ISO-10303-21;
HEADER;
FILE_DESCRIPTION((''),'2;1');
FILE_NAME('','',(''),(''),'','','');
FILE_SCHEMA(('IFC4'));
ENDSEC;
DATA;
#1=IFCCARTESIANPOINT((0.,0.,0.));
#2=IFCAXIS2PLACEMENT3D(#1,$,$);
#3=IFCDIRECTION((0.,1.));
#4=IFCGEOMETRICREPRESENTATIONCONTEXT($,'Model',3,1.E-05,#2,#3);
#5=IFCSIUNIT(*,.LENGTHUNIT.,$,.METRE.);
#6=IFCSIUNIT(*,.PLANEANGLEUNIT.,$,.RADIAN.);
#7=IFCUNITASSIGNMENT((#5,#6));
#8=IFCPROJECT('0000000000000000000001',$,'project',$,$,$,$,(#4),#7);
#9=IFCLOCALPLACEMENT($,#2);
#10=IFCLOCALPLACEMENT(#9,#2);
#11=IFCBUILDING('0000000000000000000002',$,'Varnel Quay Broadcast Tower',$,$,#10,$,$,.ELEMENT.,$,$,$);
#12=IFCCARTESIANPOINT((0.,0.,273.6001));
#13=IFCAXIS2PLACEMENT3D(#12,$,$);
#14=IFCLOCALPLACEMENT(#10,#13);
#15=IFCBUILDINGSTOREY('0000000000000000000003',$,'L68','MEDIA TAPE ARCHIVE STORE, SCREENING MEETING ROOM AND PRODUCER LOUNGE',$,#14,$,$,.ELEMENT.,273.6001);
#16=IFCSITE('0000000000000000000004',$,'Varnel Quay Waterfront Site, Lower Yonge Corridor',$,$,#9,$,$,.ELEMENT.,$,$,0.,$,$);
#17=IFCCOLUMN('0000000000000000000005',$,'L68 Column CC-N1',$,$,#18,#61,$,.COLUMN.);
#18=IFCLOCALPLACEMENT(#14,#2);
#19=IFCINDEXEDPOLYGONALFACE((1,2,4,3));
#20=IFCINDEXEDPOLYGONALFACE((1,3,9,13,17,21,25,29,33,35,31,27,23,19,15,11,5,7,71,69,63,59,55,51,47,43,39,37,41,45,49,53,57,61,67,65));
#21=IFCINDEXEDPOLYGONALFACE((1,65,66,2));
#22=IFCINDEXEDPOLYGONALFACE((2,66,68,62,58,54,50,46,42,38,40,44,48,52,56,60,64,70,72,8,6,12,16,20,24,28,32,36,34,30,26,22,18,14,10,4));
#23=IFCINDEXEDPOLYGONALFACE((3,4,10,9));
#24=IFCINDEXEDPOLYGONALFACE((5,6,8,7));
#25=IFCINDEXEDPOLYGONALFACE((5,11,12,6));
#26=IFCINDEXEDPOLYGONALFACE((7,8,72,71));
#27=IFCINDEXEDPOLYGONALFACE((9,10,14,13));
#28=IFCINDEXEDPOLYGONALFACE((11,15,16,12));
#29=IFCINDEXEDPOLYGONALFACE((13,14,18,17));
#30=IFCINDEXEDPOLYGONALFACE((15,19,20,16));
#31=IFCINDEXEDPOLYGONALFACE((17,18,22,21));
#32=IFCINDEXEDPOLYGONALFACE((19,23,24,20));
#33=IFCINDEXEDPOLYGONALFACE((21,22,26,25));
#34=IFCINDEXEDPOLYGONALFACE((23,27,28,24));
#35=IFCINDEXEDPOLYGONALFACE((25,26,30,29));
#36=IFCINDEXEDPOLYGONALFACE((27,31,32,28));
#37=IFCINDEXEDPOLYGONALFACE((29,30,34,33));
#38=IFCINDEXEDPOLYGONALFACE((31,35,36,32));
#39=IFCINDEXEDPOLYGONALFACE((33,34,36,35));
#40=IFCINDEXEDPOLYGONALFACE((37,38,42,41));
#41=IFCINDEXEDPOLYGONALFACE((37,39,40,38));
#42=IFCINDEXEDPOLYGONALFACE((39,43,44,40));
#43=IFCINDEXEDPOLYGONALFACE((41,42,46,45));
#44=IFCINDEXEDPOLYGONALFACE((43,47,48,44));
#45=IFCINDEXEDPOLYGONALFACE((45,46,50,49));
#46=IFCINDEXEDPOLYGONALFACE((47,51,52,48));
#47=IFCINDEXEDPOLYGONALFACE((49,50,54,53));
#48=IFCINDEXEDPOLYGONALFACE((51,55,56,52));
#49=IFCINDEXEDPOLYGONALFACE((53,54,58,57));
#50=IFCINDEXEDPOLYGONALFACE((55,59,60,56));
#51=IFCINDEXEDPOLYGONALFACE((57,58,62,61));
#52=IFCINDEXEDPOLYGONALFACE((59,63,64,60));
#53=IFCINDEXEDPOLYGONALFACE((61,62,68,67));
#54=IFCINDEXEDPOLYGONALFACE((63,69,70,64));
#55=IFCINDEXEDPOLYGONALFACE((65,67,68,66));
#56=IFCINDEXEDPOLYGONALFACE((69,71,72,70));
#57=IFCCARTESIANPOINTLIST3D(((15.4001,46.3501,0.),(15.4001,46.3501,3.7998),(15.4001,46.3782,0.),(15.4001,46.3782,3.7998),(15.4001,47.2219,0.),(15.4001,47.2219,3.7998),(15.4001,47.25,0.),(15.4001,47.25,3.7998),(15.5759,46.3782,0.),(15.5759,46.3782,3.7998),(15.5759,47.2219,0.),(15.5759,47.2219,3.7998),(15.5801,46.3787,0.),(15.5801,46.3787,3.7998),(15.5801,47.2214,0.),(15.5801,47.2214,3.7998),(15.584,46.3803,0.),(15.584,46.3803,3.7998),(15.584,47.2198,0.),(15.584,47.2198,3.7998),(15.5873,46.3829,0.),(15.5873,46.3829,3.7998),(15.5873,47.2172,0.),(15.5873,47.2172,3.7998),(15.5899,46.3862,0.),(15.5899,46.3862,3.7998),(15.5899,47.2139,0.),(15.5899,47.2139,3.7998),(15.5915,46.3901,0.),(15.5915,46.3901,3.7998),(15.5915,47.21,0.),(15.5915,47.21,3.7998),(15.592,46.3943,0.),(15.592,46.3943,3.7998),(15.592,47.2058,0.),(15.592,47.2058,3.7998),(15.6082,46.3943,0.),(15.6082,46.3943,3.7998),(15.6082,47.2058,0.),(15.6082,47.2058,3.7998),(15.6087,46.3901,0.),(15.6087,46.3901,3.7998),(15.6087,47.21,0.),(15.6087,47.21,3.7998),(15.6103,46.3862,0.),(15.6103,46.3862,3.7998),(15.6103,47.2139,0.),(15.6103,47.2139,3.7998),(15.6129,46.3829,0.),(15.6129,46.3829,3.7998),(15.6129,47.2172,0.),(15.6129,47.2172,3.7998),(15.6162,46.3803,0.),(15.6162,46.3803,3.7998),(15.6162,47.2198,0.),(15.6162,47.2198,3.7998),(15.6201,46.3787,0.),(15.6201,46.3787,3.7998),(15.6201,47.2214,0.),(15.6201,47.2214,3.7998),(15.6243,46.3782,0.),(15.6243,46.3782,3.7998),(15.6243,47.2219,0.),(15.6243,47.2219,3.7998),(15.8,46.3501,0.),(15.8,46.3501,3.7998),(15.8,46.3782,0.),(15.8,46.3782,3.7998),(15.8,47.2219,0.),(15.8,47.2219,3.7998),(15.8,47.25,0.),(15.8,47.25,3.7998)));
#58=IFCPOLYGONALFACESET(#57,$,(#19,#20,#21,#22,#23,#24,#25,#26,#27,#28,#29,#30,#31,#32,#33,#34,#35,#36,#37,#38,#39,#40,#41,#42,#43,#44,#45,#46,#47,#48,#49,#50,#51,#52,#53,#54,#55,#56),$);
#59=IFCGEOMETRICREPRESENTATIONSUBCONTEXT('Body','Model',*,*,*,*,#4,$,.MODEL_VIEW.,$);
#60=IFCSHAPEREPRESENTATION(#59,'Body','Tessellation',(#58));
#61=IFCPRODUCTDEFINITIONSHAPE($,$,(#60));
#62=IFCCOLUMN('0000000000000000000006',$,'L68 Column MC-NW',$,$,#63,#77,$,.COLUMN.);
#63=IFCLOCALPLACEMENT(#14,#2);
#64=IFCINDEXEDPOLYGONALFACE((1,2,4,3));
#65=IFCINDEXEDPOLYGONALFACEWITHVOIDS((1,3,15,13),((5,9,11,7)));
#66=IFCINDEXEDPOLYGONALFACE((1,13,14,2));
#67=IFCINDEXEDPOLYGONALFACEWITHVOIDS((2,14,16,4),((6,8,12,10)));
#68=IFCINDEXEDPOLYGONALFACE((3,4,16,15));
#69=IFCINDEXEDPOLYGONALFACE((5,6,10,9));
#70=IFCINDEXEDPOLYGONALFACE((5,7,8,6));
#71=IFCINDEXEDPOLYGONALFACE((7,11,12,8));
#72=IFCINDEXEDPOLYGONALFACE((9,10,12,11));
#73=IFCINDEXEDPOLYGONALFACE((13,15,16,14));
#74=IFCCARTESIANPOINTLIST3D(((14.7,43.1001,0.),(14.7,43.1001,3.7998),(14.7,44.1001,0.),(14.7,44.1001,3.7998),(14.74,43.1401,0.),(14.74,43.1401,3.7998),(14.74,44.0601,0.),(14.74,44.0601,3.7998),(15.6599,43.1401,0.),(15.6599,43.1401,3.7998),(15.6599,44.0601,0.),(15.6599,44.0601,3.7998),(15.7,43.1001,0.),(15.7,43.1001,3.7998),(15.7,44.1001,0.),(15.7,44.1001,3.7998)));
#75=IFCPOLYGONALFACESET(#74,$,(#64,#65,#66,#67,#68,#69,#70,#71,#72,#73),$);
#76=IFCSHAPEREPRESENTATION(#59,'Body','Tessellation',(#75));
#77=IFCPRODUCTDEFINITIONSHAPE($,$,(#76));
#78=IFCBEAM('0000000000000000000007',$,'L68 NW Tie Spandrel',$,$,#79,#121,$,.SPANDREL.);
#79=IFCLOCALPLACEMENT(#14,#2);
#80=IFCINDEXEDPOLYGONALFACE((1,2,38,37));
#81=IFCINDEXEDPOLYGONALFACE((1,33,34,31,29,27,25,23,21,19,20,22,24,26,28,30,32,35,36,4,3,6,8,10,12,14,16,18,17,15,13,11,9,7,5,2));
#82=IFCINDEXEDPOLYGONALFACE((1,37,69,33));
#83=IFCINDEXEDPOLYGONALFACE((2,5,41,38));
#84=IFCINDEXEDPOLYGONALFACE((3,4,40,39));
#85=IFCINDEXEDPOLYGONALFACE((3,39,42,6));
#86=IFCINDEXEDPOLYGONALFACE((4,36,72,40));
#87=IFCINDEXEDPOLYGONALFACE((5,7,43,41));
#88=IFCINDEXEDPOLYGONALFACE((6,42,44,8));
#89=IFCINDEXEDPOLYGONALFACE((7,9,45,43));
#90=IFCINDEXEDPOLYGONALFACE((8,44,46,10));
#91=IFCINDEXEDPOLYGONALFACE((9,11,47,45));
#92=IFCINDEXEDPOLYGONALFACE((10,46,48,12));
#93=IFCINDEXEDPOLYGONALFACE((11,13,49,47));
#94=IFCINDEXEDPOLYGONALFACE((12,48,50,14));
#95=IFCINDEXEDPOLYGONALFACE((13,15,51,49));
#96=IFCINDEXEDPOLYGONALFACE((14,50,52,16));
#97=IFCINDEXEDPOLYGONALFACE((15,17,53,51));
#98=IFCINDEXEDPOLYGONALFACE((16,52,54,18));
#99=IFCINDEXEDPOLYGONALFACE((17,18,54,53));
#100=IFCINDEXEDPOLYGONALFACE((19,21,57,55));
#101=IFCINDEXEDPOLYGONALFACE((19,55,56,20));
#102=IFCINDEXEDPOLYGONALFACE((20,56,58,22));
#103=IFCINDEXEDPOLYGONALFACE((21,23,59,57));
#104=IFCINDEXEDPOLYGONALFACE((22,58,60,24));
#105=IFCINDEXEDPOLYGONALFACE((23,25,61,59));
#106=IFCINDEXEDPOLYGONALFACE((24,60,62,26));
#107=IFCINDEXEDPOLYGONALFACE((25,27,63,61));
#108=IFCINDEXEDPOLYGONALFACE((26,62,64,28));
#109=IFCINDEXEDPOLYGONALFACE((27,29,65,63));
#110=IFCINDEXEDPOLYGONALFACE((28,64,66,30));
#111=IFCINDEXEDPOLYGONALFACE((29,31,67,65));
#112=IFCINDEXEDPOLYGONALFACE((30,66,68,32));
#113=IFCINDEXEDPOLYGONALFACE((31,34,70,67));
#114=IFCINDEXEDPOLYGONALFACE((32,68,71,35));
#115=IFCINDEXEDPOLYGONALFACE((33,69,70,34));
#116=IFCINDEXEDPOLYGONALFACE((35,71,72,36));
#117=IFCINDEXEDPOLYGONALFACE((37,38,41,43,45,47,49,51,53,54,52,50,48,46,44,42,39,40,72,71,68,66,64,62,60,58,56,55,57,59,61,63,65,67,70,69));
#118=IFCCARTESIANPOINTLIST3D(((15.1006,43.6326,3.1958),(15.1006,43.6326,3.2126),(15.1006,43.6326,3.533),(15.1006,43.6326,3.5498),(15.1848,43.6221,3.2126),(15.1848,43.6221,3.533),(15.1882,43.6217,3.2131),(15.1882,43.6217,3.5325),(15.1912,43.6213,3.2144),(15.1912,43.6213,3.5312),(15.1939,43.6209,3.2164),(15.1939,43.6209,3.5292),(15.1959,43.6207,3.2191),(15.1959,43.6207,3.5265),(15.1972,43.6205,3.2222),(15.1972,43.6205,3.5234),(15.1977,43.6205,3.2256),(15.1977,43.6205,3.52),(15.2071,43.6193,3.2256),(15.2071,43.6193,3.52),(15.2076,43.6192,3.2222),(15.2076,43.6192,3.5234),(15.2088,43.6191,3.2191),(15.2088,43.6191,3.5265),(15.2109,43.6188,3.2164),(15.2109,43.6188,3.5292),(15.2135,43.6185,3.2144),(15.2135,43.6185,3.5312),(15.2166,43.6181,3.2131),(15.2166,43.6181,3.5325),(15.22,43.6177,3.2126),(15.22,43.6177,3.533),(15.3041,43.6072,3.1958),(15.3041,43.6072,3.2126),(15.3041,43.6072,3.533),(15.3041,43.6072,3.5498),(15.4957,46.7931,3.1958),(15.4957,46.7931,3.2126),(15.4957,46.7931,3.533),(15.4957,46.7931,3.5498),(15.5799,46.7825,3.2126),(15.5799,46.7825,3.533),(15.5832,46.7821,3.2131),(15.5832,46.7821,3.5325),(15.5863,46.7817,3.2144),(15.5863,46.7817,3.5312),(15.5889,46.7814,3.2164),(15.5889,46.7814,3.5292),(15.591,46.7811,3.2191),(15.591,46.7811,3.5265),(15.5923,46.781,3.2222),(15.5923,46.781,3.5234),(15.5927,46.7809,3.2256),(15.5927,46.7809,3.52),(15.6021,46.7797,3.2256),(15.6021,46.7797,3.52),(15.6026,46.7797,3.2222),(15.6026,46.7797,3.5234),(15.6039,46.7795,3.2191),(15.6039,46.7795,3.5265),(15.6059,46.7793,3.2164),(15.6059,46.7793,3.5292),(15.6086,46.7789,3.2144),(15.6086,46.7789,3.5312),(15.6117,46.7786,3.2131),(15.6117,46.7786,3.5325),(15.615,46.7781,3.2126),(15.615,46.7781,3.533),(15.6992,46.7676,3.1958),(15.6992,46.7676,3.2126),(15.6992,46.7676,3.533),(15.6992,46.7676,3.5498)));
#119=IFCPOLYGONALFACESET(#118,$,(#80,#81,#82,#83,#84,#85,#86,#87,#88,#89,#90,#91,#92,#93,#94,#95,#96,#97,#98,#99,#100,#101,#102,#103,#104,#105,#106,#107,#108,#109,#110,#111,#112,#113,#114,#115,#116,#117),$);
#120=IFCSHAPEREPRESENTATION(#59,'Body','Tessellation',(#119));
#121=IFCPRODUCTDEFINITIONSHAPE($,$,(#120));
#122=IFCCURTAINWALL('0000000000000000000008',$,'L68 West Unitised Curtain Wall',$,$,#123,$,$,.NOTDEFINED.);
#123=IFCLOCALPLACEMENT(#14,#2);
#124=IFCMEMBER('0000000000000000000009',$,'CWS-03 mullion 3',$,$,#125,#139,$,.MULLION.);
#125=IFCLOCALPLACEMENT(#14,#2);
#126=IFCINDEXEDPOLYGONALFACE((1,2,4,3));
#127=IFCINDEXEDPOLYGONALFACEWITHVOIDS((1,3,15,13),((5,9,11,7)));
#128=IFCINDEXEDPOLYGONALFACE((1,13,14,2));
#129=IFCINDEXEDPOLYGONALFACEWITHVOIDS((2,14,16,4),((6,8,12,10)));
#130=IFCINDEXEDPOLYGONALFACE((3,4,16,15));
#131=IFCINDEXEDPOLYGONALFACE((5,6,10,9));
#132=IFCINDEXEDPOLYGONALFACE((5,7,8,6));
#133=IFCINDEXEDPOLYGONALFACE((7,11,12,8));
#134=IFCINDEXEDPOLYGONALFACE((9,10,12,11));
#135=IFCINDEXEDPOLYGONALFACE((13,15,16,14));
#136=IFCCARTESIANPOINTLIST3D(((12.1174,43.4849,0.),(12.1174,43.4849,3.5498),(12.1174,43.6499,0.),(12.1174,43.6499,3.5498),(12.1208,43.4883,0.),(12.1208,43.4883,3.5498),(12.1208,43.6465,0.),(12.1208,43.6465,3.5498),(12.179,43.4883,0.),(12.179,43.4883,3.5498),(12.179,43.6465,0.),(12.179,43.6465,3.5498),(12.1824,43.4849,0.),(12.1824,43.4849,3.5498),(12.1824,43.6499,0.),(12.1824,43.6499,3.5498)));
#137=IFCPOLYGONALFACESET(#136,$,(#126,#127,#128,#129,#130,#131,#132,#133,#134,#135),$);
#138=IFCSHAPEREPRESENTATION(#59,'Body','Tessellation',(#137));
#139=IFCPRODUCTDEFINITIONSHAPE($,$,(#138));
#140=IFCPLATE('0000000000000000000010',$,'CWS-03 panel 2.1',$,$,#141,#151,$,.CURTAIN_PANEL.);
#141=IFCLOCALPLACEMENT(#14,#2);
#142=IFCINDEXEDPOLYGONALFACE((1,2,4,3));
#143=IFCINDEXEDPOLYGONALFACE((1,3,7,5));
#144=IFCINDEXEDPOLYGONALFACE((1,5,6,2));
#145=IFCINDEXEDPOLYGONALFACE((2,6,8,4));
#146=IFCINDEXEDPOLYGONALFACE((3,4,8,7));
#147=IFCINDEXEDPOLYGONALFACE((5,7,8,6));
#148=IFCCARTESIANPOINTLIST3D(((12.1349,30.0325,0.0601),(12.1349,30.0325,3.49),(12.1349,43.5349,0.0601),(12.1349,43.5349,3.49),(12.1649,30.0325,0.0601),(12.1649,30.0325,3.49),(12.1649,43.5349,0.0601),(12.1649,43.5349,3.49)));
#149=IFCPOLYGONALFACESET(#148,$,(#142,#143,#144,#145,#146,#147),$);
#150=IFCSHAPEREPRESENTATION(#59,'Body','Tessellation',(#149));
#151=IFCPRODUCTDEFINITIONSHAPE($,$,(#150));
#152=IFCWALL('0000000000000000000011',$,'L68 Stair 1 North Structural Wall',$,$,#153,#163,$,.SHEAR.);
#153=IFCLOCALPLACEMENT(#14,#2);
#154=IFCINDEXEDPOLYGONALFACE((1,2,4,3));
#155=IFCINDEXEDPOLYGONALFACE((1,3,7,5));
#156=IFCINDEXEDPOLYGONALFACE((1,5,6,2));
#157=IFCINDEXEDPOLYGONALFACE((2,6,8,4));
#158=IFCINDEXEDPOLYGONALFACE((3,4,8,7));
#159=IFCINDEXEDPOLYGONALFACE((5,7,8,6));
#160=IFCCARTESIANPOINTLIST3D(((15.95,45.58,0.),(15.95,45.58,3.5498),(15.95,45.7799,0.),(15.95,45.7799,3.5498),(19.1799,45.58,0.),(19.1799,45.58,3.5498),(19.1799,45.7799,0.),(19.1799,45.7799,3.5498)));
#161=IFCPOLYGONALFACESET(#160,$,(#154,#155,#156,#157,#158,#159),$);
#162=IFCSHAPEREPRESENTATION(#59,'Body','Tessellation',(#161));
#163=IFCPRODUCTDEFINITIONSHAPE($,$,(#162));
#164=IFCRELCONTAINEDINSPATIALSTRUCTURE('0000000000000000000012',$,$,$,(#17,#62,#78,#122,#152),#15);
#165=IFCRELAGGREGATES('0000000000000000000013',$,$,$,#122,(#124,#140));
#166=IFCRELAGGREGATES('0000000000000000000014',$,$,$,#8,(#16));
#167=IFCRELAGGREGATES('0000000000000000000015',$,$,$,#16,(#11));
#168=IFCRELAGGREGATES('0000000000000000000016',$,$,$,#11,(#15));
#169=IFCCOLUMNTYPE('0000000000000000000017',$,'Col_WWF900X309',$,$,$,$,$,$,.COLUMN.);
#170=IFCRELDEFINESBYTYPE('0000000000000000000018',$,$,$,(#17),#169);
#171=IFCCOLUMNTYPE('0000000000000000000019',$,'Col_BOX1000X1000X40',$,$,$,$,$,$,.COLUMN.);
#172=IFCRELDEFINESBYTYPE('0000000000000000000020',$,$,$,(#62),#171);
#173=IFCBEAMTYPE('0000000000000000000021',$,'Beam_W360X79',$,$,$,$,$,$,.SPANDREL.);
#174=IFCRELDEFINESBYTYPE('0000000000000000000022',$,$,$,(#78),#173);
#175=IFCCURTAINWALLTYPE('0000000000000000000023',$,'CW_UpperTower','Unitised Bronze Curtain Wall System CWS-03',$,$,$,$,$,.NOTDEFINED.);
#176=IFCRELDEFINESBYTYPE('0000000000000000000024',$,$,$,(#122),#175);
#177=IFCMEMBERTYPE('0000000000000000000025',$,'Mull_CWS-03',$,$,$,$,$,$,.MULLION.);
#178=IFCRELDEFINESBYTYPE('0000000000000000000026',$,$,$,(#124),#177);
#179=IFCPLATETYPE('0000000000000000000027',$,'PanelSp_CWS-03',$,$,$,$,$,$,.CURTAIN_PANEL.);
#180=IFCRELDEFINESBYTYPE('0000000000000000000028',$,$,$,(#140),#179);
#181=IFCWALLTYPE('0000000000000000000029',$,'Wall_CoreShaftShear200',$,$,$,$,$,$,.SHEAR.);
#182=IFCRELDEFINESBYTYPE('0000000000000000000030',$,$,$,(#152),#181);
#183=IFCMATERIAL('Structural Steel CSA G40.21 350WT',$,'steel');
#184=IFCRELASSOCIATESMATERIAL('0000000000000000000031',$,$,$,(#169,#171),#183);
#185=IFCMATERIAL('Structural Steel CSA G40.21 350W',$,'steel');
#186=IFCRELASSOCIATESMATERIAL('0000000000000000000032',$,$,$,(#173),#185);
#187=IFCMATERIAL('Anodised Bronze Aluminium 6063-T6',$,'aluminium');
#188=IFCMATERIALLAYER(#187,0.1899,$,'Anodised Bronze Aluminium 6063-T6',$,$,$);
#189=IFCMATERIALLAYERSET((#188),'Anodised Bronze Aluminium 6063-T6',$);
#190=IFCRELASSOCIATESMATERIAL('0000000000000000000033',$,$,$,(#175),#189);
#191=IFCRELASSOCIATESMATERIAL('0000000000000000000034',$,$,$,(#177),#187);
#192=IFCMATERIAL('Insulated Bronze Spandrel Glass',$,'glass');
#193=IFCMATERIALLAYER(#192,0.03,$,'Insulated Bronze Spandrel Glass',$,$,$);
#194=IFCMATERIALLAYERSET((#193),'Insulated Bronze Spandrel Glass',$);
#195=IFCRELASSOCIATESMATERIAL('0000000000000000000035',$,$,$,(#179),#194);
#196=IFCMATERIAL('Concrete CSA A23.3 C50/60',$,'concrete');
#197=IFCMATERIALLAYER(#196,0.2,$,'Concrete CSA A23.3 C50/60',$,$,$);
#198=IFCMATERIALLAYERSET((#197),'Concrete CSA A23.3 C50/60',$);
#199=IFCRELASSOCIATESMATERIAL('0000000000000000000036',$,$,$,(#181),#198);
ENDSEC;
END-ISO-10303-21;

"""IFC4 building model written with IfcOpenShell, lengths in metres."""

from ifc_helpers import new_model, si_unit, direction, frame, frame_2d, origin, origin_2d, place, context, subcontext, project, spatial, rectangle, hollow_rectangle, i_section, extrude, source, transform, mapped, material, layer, layer_set, material_profile, profile_set, type_object, type_shapes, element, aggregate, save


model = new_model("IFC4")

# Units and contexts
model_context = context("Model", 3, precision=1e-05, world=origin(), true_north=direction((0.0, 1.0)))
body_context = subcontext(model_context, "Body", "Model", "MODEL_VIEW")
ifc_project = project(units=[si_unit("LENGTHUNIT", "METRE"), si_unit("PLANEANGLEUNIT", "RADIAN")], contexts=[model_context])

# Site, building, storey
site_placement = place(None, origin())
site = spatial("IfcSite", under=ifc_project, at=site_placement, Name="Varnel Quay Waterfront Site, Lower Yonge Corridor", CompositionType="ELEMENT", RefElevation=0.0)
building_placement = place(site_placement, origin())
building = spatial("IfcBuilding", under=site, at=building_placement, Name="Varnel Quay Broadcast Tower", CompositionType="ELEMENT")
storey_placement = place(building_placement, frame((0.0, 0.0, 273.6001)))
storey = spatial("IfcBuildingStorey", under=building, at=storey_placement, Name="L68", Description="MEDIA TAPE ARCHIVE STORE, SCREENING MEETING ROOM AND PRODUCER LOUNGE", CompositionType="ELEMENT", Elevation=273.6001)

# Columns
ifc_material_1 = material(Name="Structural Steel CSA G40.21 350WT", Category="steel")
ifc_material_profile_1 = material_profile(ifc_material_1, i_section(OverallWidth=0.3999, OverallDepth=0.8999, WebThickness=0.0161, FlangeThickness=0.0281, FilletRadius=0.0161, at=origin_2d()), Name="WWF900X309")
ifc_profile_set_1 = profile_set([ifc_material_profile_1], Name="Structural Steel CSA G40.21 350WT")
column_type_1 = type_object("IfcColumnType", Name="Col_WWF900X309", PredefinedType="COLUMN", material=ifc_profile_set_1)
shared_shape_1 = source(origin(), body_context, "Body", "SweptSolid", [
    extrude(i_section(OverallWidth=0.3999, OverallDepth=0.8999, WebThickness=0.0161, FlangeThickness=0.0281, FilletRadius=0.0161, at=origin_2d()), origin(), (0.0, 0.0, 1.0), 3.7998),
])
type_shapes(column_type_1, [shared_shape_1])
column_1_placement = place(storey_placement, frame((15.6001, 46.8, 0.0), z_axis=(0.0, 0.0, 1.0), x_axis=(1.0, 0.0, 0.0)))
element("IfcColumn", 1, at=column_1_placement, inside=storey, type_object=column_type_1, Name="L68 Column CC-N1", PredefinedType="COLUMN", context=body_context, shape_type="MappedRepresentation", body=[
    mapped(shared_shape_1, transform((0.0, 0.0, 0.0), x_axis=(1.0, 0.0, 0.0), y_axis=(0.0, 1.0, 0.0), z_axis=(0.0, 0.0, 1.0), scale=1.0)),
])
ifc_material_profile_2 = material_profile(ifc_material_1, hollow_rectangle(XDim=1.0, YDim=1.0, WallThickness=0.04, at=origin_2d()), Name="BOX1000X1000X40")
ifc_profile_set_2 = profile_set([ifc_material_profile_2], Name="Structural Steel CSA G40.21 350WT")
column_type_2 = type_object("IfcColumnType", Name="Col_BOX1000X1000X40", PredefinedType="COLUMN", material=ifc_profile_set_2)
shared_shape_2 = source(origin(), body_context, "Body", "SweptSolid", [
    extrude(hollow_rectangle(XDim=1.0, YDim=1.0, WallThickness=0.04, at=origin_2d()), origin(), (0.0, 0.0, 1.0), 3.7998),
])
type_shapes(column_type_2, [shared_shape_2])
column_2_placement = place(storey_placement, frame((15.2, 43.6001, 0.0), z_axis=(0.0, 0.0, 1.0), x_axis=(1.0, 0.0, 0.0)))
element("IfcColumn", 2, at=column_2_placement, inside=storey, type_object=column_type_2, Name="L68 Column MC-NW", PredefinedType="COLUMN", context=body_context, shape_type="MappedRepresentation", body=[
    mapped(shared_shape_2, transform((0.0, 0.0, 0.0), x_axis=(1.0, 0.0, 0.0), y_axis=(0.0, 1.0, 0.0), z_axis=(0.0, 0.0, 1.0), scale=1.0)),
])

# Beam
ifc_material_2 = material(Name="Structural Steel CSA G40.21 350W", Category="steel")
ifc_material_profile_3 = material_profile(ifc_material_2, i_section(OverallWidth=0.2051, OverallDepth=0.354, WebThickness=0.0095, FlangeThickness=0.0168, FilletRadius=0.0129, at=origin_2d()), Name="W360X79")
ifc_profile_set_3 = profile_set([ifc_material_profile_3], Name="Structural Steel CSA G40.21 350W")
beam_type = type_object("IfcBeamType", Name="Beam_W360X79", PredefinedType="SPANDREL", material=ifc_profile_set_3)
shared_shape_3 = source(origin(), body_context, "Body", "SweptSolid", [
    extrude(i_section(OverallWidth=0.2051, OverallDepth=0.354, WebThickness=0.0095, FlangeThickness=0.0168, FilletRadius=0.0129, at=origin_2d()), origin(), (0.0, 0.0, 1.0), 3.1851),
])
type_shapes(beam_type, [shared_shape_3])
beam_placement = place(storey_placement, frame((15.2024, 43.6199, 3.3728), z_axis=(0.124025, 0.992279, 0.0), x_axis=(-0.992279, 0.124025, 0.0)))
element("IfcBeam", 3, at=beam_placement, inside=storey, type_object=beam_type, Name="L68 NW Tie Spandrel", PredefinedType="SPANDREL", context=body_context, shape_type="MappedRepresentation", body=[
    mapped(shared_shape_3, transform((0.0, 0.0, 0.0), x_axis=(1.0, 0.0, 0.0), y_axis=(0.0, 1.0, 0.0), z_axis=(0.0, 0.0, 1.0), scale=1.0)),
])

# Curtain wall, member, plate
ifc_material_3 = material(Name="Anodised Bronze Aluminium 6063-T6", Category="aluminium")
ifc_layer_1 = layer(ifc_material_3, 0.1899, Name="Anodised Bronze Aluminium 6063-T6")
ifc_layer_set_1 = layer_set([ifc_layer_1], Name="Anodised Bronze Aluminium 6063-T6")
curtain_wall_type = type_object("IfcCurtainWallType", Name="CW_UpperTower", Description="Unitised Bronze Curtain Wall System CWS-03", PredefinedType="NOTDEFINED", material=ifc_layer_set_1)
curtain_wall_placement = place(storey_placement, origin())
curtain_wall = element("IfcCurtainWall", 4, at=curtain_wall_placement, inside=storey, type_object=curtain_wall_type, Name="L68 West Unitised Curtain Wall", PredefinedType="NOTDEFINED")
ifc_material_profile_4 = material_profile(ifc_material_3, hollow_rectangle(XDim=0.0649, YDim=0.165, WallThickness=0.0034, at=origin_2d()), Name="ALU65X165X3.5")
ifc_profile_set_4 = profile_set([ifc_material_profile_4], Name="Anodised Bronze Aluminium 6063-T6")
member_type = type_object("IfcMemberType", Name="Mull_CWS-03", PredefinedType="MULLION", material=ifc_profile_set_4)
shared_shape_4 = source(origin(), body_context, "Body", "SweptSolid", [
    extrude(hollow_rectangle(XDim=0.0649, YDim=0.165, WallThickness=0.0034, at=origin_2d()), origin(), (0.0, 0.0, 1.0), 3.5498),
])
type_shapes(member_type, [shared_shape_4])
member_placement = place(storey_placement, frame((12.1499, 43.5674, 0.0), z_axis=(0.0, 0.0, 1.0), x_axis=(-1.0, 0.0, 0.0)))
member = element("IfcMember", 5, at=member_placement, type_object=member_type, Name="CWS-03 mullion 3", PredefinedType="MULLION", context=body_context, shape_type="MappedRepresentation", body=[
    mapped(shared_shape_4, transform((0.0, 0.0, 0.0), x_axis=(1.0, 0.0, 0.0), y_axis=(0.0, 1.0, 0.0), z_axis=(0.0, 0.0, 1.0), scale=1.0)),
])
ifc_material_4 = material(Name="Insulated Bronze Spandrel Glass", Category="glass")
ifc_layer_2 = layer(ifc_material_4, 0.03, Name="Insulated Bronze Spandrel Glass")
ifc_layer_set_2 = layer_set([ifc_layer_2], Name="Insulated Bronze Spandrel Glass")
plate_type = type_object("IfcPlateType", Name="PanelSp_CWS-03", PredefinedType="CURTAIN_PANEL", material=ifc_layer_set_2)
shared_shape_5 = source(origin(), body_context, "Body", "SweptSolid", [
    extrude(rectangle(XDim=13.5024, YDim=0.03, at=origin_2d()), origin(), (0.0, 0.0, 1.0), 3.4299),
])
type_shapes(plate_type, [shared_shape_5])
plate_placement = place(storey_placement, frame((12.1499, 36.7837, 0.0601), z_axis=(0.0, 0.0, 1.0), x_axis=(0.0, 1.0, 0.0)))
plate = element("IfcPlate", 6, at=plate_placement, type_object=plate_type, Name="CWS-03 panel 2.1", PredefinedType="CURTAIN_PANEL", context=body_context, shape_type="MappedRepresentation", body=[
    mapped(shared_shape_5, transform((0.0, 0.0, 0.0), x_axis=(1.0, 0.0, 0.0), y_axis=(0.0, 1.0, 0.0), z_axis=(0.0, 0.0, 1.0), scale=1.0)),
])
aggregate(curtain_wall, [member, plate])

# Wall
ifc_material_5 = material(Name="Concrete CSA A23.3 C50/60", Category="concrete")
ifc_layer_3 = layer(ifc_material_5, 0.2, Name="Concrete CSA A23.3 C50/60")
ifc_layer_set_3 = layer_set([ifc_layer_3], Name="Concrete CSA A23.3 C50/60")
wall_type_1 = type_object("IfcWallType", Name="Wall_CoreShaftShear200", PredefinedType="SHEAR", material=ifc_layer_set_3)
wall_1_placement = place(storey_placement, frame((15.95, 45.6799, 0.0), z_axis=(0.0, 0.0, 1.0), x_axis=(1.0, 0.0, 0.0)))
element("IfcWall", 7, at=wall_1_placement, inside=storey, type_object=wall_type_1, Name="L68 Stair 1 North Structural Wall", PredefinedType="SHEAR", context=body_context, shape_type="SweptSolid", body=[
    extrude(rectangle(XDim=3.23, YDim=0.2, at=frame_2d((1.615, 0.0))), origin(), (0.0, 0.0, 1.0), 3.5498),
])

save(model, "model.ifc")
